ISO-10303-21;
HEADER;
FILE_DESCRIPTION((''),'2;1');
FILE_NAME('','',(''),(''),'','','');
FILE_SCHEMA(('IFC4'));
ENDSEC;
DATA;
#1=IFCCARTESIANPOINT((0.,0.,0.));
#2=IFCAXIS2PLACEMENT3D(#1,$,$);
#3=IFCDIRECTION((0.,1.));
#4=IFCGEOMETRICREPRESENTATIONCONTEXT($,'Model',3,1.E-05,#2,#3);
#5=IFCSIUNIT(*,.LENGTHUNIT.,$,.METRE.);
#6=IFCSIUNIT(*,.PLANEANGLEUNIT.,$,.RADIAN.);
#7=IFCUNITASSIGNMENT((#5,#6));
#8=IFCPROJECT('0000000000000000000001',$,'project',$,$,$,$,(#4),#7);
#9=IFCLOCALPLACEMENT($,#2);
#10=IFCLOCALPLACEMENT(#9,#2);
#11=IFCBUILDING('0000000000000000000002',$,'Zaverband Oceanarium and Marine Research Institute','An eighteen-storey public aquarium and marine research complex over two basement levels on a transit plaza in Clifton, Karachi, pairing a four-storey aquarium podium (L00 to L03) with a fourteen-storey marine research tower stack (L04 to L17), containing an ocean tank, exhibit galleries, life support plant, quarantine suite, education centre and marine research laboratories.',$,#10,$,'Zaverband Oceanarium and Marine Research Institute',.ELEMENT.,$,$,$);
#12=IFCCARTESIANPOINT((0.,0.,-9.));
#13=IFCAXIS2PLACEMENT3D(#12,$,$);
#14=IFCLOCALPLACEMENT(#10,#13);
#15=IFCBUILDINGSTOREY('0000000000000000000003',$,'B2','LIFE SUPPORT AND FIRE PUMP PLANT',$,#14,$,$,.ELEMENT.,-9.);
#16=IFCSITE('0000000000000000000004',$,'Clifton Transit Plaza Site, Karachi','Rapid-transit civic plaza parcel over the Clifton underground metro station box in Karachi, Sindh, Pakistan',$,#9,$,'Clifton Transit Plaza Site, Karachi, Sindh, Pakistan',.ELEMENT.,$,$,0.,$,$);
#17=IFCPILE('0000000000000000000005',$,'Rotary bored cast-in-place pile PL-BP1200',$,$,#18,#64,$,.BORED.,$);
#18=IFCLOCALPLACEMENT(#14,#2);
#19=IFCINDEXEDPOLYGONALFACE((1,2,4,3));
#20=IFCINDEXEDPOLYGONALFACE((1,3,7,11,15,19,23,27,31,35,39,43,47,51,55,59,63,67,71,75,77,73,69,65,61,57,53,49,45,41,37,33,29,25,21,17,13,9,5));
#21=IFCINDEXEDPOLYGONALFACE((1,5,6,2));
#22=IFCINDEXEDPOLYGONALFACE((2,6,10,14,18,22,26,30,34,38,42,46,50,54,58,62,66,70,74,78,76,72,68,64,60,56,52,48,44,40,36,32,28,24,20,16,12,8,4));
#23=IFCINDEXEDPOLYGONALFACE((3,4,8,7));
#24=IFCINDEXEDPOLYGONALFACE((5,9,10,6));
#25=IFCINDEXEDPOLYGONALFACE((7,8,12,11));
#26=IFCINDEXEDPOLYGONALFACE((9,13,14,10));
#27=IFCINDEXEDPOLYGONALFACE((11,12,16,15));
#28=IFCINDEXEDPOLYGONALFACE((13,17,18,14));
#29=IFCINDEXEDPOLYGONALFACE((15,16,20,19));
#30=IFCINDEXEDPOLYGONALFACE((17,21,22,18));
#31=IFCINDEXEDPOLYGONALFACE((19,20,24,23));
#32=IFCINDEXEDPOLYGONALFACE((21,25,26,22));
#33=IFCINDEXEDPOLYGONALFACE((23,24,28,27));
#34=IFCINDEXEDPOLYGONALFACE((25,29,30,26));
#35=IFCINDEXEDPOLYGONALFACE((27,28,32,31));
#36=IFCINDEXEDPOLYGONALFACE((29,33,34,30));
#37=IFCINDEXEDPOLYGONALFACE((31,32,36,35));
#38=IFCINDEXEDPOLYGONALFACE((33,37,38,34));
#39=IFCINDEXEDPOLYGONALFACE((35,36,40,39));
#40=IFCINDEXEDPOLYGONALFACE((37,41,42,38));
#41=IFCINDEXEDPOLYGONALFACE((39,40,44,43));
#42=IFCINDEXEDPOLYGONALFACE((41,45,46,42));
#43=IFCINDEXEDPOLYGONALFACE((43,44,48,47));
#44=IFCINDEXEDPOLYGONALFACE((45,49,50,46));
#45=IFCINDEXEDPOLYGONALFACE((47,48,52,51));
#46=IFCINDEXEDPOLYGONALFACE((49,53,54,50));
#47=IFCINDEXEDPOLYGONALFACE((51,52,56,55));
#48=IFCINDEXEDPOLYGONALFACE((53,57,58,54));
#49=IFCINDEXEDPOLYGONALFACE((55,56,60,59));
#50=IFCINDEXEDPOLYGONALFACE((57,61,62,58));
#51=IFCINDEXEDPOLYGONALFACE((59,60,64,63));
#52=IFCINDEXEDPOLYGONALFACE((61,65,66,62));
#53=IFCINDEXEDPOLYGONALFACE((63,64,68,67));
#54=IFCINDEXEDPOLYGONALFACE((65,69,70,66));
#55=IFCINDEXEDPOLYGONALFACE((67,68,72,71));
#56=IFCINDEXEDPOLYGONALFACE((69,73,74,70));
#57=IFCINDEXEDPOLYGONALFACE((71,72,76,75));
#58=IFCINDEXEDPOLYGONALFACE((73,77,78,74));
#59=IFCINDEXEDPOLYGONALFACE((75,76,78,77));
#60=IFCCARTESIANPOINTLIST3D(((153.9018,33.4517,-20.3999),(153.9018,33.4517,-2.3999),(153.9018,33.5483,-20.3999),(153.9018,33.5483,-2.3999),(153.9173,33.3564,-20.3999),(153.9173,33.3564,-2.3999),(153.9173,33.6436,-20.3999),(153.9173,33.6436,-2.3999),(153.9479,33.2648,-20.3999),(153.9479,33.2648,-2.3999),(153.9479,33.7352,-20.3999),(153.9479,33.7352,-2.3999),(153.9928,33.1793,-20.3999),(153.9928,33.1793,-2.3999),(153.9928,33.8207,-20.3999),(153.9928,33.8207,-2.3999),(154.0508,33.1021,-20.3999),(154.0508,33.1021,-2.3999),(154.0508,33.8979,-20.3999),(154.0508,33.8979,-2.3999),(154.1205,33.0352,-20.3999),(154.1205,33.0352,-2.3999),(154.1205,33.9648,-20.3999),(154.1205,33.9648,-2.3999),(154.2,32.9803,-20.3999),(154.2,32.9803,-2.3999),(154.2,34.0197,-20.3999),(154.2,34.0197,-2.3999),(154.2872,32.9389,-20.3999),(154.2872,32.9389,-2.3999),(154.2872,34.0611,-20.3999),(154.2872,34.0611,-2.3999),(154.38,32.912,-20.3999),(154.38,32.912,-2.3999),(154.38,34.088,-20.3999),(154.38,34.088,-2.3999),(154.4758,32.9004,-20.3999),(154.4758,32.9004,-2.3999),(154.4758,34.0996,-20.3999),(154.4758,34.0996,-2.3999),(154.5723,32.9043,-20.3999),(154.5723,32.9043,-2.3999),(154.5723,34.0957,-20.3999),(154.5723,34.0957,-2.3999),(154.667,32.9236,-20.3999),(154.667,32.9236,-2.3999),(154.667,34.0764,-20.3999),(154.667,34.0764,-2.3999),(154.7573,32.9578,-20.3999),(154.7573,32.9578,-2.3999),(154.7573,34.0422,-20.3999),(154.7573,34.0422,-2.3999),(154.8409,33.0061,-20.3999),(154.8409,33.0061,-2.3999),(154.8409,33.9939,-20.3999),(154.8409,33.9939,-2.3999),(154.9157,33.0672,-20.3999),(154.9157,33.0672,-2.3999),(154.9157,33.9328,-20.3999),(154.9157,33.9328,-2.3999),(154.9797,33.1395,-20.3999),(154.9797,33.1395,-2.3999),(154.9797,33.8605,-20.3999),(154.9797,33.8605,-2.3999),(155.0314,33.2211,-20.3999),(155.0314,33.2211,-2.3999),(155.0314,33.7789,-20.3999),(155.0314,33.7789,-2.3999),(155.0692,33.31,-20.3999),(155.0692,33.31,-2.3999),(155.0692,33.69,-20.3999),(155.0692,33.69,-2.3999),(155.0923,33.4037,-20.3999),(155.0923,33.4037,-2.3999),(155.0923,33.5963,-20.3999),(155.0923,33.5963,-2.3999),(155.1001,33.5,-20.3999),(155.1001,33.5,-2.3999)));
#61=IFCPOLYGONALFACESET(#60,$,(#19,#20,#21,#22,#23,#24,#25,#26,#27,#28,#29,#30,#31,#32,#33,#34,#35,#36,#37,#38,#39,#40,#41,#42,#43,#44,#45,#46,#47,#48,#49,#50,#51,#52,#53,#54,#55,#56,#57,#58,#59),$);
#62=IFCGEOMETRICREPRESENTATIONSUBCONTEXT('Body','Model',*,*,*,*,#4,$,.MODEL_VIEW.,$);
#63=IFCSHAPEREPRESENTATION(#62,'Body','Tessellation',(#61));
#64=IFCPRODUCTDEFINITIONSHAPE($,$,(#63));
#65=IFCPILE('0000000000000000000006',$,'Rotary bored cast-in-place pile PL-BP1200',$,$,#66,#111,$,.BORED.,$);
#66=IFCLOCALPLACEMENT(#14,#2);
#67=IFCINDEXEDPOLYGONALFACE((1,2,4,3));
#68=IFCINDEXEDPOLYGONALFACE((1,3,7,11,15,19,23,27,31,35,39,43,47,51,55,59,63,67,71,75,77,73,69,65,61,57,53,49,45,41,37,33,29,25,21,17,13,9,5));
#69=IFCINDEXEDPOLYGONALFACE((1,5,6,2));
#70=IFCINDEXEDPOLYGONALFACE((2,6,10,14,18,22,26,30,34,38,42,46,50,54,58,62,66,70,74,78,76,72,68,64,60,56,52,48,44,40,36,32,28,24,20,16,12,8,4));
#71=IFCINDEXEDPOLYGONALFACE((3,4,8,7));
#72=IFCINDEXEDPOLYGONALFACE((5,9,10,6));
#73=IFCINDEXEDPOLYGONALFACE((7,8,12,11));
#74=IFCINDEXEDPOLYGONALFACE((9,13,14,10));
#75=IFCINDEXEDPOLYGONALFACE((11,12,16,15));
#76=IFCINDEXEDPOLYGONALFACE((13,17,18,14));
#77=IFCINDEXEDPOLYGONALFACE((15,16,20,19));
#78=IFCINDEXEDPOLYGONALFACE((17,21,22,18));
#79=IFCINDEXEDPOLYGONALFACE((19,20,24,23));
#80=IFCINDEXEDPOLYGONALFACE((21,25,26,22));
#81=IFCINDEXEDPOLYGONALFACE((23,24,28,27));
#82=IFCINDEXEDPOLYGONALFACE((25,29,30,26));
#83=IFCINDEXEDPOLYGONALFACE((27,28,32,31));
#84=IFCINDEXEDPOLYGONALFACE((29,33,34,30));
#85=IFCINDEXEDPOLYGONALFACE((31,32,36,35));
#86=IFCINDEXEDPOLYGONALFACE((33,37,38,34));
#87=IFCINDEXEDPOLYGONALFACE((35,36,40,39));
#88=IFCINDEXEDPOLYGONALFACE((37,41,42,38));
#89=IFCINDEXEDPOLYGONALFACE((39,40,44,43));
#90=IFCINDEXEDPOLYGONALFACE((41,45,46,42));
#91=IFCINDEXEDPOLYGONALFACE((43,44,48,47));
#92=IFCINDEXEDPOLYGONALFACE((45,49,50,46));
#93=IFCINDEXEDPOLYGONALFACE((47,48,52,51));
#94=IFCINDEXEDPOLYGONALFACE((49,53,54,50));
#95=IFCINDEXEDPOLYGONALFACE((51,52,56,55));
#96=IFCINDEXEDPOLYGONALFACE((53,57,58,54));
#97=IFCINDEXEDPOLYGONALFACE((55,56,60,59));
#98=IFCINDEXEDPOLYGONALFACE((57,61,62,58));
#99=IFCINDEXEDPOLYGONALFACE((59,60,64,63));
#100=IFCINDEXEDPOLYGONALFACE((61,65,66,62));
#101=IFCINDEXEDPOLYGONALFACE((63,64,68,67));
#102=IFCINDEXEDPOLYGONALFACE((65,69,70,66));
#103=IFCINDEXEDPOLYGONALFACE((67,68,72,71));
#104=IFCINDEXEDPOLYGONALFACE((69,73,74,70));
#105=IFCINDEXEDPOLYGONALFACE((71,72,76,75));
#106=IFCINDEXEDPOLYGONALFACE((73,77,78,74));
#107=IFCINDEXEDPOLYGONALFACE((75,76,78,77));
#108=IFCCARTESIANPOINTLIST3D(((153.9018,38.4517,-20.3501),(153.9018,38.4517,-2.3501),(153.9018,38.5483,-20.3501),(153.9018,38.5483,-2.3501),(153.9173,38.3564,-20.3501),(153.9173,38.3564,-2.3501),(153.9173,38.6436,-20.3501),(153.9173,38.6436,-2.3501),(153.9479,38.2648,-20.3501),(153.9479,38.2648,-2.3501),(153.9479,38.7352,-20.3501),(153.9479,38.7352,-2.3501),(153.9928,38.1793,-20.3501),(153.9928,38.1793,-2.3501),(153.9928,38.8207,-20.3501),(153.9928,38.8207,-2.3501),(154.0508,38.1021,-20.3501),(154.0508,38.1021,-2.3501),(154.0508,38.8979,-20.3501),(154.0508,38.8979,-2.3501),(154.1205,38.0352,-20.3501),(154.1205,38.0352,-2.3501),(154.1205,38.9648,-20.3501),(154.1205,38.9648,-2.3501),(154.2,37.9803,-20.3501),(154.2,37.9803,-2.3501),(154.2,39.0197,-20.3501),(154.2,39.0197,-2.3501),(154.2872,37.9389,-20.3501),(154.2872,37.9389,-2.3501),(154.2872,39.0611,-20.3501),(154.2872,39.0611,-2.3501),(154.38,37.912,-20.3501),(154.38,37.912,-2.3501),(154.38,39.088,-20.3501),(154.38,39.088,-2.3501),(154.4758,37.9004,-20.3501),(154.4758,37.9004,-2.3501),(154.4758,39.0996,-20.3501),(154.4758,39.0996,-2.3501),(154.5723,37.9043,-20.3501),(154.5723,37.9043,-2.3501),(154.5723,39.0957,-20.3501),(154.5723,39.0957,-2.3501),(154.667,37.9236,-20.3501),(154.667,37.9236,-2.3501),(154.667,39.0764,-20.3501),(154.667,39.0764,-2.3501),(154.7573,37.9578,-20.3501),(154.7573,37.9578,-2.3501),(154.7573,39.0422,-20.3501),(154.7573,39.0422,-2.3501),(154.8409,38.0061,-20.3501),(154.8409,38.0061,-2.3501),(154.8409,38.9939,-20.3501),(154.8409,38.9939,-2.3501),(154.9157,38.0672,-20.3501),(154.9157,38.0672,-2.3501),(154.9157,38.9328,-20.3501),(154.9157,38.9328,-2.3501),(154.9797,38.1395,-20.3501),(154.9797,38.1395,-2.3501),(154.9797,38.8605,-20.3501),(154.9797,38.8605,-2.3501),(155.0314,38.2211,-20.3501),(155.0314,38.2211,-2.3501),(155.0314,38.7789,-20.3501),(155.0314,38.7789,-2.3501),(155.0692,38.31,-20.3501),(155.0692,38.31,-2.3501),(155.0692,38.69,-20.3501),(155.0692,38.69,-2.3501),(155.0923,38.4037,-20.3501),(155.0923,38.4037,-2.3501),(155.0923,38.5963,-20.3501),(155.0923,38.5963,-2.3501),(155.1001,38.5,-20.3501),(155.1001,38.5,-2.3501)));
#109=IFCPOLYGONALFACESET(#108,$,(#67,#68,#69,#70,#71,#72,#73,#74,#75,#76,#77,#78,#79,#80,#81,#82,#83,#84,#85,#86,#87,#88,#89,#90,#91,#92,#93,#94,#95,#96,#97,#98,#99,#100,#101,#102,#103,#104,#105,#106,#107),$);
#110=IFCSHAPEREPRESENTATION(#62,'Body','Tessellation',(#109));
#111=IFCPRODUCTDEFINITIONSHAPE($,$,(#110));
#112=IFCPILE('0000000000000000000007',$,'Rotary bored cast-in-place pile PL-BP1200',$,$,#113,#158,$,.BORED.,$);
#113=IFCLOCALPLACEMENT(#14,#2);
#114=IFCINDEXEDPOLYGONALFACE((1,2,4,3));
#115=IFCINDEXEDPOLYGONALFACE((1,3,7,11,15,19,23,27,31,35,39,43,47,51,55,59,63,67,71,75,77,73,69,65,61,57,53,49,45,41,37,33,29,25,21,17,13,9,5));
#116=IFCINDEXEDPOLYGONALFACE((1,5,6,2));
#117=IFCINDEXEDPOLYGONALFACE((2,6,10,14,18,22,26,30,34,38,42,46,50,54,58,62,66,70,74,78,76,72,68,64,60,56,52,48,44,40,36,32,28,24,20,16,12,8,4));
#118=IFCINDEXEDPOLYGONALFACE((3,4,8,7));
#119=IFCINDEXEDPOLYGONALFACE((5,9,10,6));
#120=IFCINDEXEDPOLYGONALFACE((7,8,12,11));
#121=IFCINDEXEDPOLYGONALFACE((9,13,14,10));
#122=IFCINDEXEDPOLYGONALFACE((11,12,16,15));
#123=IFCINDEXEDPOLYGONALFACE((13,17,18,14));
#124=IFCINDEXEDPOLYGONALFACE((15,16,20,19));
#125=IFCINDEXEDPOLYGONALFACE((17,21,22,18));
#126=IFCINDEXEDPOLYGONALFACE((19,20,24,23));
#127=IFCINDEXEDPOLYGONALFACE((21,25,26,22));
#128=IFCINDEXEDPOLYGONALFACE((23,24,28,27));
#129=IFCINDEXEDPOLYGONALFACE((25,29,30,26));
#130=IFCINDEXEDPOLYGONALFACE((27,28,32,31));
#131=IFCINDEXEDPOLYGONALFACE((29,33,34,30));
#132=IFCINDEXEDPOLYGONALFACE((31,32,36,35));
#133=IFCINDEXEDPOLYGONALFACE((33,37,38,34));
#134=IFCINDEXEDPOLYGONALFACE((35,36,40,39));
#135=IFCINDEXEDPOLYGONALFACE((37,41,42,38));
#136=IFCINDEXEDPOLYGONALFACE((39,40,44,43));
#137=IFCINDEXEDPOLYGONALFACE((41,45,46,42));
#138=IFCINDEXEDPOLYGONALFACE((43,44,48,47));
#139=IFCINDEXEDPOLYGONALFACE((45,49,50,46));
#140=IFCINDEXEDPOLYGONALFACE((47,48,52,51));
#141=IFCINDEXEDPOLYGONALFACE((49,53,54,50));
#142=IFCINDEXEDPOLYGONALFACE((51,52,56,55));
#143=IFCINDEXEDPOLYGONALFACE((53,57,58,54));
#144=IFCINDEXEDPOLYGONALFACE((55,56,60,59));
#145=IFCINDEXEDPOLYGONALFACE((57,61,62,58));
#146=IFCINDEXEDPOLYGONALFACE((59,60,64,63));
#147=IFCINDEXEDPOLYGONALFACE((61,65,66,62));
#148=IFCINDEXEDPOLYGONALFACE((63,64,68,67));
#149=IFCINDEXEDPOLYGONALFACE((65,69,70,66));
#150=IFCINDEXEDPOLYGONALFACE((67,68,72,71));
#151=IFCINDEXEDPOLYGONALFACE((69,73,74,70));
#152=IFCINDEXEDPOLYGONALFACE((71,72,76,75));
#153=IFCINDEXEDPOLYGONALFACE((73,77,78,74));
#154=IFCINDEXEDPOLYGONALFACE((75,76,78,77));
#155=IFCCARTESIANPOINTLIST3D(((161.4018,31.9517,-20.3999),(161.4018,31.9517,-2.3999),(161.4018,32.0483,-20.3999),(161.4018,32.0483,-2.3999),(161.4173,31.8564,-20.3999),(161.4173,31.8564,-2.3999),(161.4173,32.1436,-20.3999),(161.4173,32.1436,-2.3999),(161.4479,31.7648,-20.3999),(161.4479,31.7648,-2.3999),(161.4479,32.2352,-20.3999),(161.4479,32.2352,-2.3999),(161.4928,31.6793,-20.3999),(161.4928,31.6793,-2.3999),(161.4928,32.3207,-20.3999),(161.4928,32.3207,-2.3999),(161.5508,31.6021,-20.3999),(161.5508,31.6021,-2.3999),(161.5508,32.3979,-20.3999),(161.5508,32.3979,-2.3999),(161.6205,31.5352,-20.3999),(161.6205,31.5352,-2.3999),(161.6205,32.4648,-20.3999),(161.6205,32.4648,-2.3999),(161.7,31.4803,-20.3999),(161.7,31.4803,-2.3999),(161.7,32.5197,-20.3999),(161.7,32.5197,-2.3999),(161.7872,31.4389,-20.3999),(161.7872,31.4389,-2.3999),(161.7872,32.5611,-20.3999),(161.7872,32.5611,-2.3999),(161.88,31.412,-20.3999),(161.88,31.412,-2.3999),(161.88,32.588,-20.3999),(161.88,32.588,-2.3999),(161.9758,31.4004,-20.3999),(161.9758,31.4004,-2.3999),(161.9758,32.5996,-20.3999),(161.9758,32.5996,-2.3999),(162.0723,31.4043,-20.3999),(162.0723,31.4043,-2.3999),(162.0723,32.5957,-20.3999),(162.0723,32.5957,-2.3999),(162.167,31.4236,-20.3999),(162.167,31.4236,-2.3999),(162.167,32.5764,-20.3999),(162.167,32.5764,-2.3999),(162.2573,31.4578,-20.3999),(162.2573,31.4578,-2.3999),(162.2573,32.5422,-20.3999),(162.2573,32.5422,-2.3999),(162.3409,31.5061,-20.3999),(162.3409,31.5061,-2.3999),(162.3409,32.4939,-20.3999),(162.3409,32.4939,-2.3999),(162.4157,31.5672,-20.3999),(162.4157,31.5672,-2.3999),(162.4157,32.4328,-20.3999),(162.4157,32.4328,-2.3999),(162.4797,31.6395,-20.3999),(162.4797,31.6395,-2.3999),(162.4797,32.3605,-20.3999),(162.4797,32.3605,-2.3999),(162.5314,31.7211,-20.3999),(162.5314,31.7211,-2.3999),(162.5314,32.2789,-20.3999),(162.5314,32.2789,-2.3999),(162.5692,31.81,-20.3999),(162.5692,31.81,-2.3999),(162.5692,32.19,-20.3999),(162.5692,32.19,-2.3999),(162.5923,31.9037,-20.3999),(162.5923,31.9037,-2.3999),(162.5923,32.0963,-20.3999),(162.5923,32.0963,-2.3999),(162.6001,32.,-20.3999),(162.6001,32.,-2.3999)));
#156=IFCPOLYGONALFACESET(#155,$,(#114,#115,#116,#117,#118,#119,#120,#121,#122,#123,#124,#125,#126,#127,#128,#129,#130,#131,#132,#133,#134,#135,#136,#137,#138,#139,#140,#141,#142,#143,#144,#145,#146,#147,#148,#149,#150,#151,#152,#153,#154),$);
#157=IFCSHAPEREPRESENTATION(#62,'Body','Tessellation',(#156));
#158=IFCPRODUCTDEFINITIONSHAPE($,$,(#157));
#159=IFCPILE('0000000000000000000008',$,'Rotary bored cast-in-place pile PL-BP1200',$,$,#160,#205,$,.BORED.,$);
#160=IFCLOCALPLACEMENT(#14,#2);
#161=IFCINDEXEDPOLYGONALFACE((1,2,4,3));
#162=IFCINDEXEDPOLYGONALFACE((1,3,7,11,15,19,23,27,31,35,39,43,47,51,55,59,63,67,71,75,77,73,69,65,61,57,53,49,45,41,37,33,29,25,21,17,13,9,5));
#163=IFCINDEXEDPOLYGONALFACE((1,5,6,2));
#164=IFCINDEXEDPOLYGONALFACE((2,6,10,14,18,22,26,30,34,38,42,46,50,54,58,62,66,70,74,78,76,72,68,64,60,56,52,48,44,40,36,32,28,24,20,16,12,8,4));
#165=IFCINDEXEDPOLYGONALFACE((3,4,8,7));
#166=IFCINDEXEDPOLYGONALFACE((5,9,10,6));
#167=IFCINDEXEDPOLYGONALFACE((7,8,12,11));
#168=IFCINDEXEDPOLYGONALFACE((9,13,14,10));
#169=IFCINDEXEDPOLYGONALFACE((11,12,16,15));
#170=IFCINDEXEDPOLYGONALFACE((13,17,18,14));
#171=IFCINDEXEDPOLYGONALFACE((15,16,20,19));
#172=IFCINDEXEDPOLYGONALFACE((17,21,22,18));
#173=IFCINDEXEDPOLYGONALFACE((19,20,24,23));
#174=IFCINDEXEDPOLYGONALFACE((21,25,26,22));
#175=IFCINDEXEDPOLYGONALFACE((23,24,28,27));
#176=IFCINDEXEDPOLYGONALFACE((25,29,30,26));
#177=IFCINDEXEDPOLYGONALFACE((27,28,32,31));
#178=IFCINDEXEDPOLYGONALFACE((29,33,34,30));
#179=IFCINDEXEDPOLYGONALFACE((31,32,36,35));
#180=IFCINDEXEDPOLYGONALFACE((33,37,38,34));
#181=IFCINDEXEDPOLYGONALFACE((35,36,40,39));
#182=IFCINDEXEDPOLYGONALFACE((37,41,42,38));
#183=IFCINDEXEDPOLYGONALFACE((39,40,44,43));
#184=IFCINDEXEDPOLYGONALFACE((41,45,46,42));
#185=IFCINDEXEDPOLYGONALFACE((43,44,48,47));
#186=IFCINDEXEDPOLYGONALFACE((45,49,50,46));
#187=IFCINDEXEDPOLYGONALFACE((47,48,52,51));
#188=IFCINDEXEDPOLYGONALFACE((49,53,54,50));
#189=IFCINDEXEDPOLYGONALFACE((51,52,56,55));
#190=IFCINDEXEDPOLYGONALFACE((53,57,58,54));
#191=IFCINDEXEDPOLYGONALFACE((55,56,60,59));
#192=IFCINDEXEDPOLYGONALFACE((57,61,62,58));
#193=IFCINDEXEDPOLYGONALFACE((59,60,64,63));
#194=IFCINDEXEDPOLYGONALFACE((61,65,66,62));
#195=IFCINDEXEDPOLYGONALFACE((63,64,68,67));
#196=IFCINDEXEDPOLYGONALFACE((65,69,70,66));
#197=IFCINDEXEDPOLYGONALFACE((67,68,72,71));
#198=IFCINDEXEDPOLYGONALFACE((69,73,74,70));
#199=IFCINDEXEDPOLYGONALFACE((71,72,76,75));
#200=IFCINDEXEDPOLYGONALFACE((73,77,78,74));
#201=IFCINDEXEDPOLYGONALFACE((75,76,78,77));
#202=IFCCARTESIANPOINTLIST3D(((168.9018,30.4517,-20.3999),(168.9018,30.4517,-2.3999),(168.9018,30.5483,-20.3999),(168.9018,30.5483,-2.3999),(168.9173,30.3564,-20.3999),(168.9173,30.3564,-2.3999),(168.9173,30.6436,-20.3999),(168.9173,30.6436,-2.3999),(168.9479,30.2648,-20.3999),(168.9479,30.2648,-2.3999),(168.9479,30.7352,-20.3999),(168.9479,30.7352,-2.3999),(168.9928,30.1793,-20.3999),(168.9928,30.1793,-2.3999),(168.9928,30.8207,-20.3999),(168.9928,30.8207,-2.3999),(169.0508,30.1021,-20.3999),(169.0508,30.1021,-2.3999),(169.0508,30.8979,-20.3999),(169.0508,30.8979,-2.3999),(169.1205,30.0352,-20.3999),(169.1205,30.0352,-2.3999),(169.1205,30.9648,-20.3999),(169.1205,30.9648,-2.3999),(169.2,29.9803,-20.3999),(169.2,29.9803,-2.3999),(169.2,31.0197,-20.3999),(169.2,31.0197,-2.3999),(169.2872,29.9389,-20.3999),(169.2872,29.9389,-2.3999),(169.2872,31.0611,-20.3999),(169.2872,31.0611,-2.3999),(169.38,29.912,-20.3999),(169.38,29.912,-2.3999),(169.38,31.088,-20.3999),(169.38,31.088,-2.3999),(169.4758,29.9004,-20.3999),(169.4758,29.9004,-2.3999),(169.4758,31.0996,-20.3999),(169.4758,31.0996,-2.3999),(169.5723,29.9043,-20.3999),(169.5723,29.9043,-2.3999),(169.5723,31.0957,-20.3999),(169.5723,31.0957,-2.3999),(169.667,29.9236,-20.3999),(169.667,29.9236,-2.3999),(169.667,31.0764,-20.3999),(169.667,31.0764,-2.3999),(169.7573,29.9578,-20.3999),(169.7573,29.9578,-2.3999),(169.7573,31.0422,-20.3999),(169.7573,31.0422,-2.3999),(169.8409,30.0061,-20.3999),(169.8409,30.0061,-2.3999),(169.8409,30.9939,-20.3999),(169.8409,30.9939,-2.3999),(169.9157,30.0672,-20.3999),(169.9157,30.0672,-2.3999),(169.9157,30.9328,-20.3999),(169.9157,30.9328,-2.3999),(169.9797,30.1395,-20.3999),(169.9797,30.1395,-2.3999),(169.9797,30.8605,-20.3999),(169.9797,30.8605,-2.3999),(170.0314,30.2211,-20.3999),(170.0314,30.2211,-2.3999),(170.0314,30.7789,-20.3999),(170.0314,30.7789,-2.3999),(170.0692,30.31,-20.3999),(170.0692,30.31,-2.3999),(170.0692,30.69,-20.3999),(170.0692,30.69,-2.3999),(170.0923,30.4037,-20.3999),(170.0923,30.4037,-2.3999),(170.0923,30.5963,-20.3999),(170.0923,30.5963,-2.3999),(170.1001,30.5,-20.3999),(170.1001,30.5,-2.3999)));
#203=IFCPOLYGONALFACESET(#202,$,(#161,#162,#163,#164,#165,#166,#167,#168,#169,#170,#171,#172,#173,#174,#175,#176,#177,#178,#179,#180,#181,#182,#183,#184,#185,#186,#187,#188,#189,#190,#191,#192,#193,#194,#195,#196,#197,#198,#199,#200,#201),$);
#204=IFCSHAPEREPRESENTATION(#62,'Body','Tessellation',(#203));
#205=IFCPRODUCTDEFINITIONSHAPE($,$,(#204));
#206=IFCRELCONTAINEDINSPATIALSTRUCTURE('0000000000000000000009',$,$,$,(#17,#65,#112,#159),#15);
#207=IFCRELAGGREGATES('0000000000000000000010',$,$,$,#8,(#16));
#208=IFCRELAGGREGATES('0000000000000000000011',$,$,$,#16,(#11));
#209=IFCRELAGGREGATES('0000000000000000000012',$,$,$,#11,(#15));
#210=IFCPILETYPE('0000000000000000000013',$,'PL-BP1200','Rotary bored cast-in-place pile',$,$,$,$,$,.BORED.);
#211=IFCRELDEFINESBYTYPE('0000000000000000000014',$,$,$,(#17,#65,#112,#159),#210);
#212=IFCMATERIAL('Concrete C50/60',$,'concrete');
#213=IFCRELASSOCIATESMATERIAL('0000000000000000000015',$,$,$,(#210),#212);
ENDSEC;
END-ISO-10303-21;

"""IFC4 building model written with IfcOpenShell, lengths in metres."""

from ifc_helpers import new_model, si_unit, direction, frame, origin, origin_2d, place, context, subcontext, project, spatial, circle, extrude, material, material_profile, profile_set, type_object, element, save


model = new_model("IFC4")

# Units and contexts
model_context = context("Model", 3, precision=1e-05, world=origin(), true_north=direction((0.0, 1.0)))
body_context = subcontext(model_context, "Body", "Model", "MODEL_VIEW")
ifc_project = project(units=[si_unit("LENGTHUNIT", "METRE"), si_unit("PLANEANGLEUNIT", "RADIAN")], contexts=[model_context])

# Site, building, storey
site_placement = place(None, origin())
site = spatial("IfcSite", under=ifc_project, at=site_placement, Name="Clifton Transit Plaza Site, Karachi", Description="Rapid-transit civic plaza parcel over the Clifton underground metro station box in Karachi, Sindh, Pakistan", LongName="Clifton Transit Plaza Site, Karachi, Sindh, Pakistan", CompositionType="ELEMENT", RefElevation=0.0)
building_placement = place(site_placement, origin())
building = spatial("IfcBuilding", under=site, at=building_placement, Name="Zaverband Oceanarium and Marine Research Institute", Description="An eighteen-storey public aquarium and marine research complex over two basement levels on a transit plaza in Clifton, Karachi, pairing a four-storey aquarium podium (L00 to L03) with a fourteen-storey marine research tower stack (L04 to L17), containing an ocean tank, exhibit galleries, life support plant, quarantine suite, education centre and marine research laboratories.", LongName="Zaverband Oceanarium and Marine Research Institute", CompositionType="ELEMENT")
storey_placement = place(building_placement, frame((0.0, 0.0, -9.0)))
storey = spatial("IfcBuildingStorey", under=building, at=storey_placement, Name="B2", Description="LIFE SUPPORT AND FIRE PUMP PLANT", CompositionType="ELEMENT", Elevation=-9.0)

# Shared definitions
ifc_material_1 = material(Name="Concrete C50/60", Category="concrete")

# Piles
ifc_material_profile_1 = material_profile(ifc_material_1, circle(Radius=0.6001, at=origin_2d()), Name="BP1200")
ifc_profile_set_1 = profile_set([ifc_material_profile_1], Name="Concrete C50/60")
pile_type_1 = type_object("IfcPileType", Name="PL-BP1200", Description="Rotary bored cast-in-place pile", PredefinedType="BORED", material=ifc_profile_set_1)
for number, where, z_axis, x_axis, name in (
    (1, (154.5, 33.5, -2.3999), (0.0, 0.0, -1.0), (1.0, 0.0, 0.0), "Rotary bored cast-in-place pile PL-BP1200"),
    (2, (154.5, 38.5, -2.3501), (0.0, 0.0, -1.0), (1.0, 0.0, 0.0), "Rotary bored cast-in-place pile PL-BP1200"),
    (3, (162.0, 32.0, -2.3999), (0.0, 0.0, -1.0), (1.0, 0.0, 0.0), "Rotary bored cast-in-place pile PL-BP1200"),
    (4, (169.5, 30.5, -2.3999), (0.0, 0.0, -1.0), (1.0, 0.0, 0.0), "Rotary bored cast-in-place pile PL-BP1200"),
):
    element("IfcPile", number, at=place(storey_placement, frame(where, z_axis=z_axis, x_axis=x_axis)), inside=storey, type_object=pile_type_1, Name=name, PredefinedType="BORED", context=body_context, shape_type="SweptSolid", body=[
        extrude(circle(Radius=0.6001, at=origin_2d()), origin(), (0.0, 0.0, 1.0), 18.0),
    ])

save(model, "model.ifc")
